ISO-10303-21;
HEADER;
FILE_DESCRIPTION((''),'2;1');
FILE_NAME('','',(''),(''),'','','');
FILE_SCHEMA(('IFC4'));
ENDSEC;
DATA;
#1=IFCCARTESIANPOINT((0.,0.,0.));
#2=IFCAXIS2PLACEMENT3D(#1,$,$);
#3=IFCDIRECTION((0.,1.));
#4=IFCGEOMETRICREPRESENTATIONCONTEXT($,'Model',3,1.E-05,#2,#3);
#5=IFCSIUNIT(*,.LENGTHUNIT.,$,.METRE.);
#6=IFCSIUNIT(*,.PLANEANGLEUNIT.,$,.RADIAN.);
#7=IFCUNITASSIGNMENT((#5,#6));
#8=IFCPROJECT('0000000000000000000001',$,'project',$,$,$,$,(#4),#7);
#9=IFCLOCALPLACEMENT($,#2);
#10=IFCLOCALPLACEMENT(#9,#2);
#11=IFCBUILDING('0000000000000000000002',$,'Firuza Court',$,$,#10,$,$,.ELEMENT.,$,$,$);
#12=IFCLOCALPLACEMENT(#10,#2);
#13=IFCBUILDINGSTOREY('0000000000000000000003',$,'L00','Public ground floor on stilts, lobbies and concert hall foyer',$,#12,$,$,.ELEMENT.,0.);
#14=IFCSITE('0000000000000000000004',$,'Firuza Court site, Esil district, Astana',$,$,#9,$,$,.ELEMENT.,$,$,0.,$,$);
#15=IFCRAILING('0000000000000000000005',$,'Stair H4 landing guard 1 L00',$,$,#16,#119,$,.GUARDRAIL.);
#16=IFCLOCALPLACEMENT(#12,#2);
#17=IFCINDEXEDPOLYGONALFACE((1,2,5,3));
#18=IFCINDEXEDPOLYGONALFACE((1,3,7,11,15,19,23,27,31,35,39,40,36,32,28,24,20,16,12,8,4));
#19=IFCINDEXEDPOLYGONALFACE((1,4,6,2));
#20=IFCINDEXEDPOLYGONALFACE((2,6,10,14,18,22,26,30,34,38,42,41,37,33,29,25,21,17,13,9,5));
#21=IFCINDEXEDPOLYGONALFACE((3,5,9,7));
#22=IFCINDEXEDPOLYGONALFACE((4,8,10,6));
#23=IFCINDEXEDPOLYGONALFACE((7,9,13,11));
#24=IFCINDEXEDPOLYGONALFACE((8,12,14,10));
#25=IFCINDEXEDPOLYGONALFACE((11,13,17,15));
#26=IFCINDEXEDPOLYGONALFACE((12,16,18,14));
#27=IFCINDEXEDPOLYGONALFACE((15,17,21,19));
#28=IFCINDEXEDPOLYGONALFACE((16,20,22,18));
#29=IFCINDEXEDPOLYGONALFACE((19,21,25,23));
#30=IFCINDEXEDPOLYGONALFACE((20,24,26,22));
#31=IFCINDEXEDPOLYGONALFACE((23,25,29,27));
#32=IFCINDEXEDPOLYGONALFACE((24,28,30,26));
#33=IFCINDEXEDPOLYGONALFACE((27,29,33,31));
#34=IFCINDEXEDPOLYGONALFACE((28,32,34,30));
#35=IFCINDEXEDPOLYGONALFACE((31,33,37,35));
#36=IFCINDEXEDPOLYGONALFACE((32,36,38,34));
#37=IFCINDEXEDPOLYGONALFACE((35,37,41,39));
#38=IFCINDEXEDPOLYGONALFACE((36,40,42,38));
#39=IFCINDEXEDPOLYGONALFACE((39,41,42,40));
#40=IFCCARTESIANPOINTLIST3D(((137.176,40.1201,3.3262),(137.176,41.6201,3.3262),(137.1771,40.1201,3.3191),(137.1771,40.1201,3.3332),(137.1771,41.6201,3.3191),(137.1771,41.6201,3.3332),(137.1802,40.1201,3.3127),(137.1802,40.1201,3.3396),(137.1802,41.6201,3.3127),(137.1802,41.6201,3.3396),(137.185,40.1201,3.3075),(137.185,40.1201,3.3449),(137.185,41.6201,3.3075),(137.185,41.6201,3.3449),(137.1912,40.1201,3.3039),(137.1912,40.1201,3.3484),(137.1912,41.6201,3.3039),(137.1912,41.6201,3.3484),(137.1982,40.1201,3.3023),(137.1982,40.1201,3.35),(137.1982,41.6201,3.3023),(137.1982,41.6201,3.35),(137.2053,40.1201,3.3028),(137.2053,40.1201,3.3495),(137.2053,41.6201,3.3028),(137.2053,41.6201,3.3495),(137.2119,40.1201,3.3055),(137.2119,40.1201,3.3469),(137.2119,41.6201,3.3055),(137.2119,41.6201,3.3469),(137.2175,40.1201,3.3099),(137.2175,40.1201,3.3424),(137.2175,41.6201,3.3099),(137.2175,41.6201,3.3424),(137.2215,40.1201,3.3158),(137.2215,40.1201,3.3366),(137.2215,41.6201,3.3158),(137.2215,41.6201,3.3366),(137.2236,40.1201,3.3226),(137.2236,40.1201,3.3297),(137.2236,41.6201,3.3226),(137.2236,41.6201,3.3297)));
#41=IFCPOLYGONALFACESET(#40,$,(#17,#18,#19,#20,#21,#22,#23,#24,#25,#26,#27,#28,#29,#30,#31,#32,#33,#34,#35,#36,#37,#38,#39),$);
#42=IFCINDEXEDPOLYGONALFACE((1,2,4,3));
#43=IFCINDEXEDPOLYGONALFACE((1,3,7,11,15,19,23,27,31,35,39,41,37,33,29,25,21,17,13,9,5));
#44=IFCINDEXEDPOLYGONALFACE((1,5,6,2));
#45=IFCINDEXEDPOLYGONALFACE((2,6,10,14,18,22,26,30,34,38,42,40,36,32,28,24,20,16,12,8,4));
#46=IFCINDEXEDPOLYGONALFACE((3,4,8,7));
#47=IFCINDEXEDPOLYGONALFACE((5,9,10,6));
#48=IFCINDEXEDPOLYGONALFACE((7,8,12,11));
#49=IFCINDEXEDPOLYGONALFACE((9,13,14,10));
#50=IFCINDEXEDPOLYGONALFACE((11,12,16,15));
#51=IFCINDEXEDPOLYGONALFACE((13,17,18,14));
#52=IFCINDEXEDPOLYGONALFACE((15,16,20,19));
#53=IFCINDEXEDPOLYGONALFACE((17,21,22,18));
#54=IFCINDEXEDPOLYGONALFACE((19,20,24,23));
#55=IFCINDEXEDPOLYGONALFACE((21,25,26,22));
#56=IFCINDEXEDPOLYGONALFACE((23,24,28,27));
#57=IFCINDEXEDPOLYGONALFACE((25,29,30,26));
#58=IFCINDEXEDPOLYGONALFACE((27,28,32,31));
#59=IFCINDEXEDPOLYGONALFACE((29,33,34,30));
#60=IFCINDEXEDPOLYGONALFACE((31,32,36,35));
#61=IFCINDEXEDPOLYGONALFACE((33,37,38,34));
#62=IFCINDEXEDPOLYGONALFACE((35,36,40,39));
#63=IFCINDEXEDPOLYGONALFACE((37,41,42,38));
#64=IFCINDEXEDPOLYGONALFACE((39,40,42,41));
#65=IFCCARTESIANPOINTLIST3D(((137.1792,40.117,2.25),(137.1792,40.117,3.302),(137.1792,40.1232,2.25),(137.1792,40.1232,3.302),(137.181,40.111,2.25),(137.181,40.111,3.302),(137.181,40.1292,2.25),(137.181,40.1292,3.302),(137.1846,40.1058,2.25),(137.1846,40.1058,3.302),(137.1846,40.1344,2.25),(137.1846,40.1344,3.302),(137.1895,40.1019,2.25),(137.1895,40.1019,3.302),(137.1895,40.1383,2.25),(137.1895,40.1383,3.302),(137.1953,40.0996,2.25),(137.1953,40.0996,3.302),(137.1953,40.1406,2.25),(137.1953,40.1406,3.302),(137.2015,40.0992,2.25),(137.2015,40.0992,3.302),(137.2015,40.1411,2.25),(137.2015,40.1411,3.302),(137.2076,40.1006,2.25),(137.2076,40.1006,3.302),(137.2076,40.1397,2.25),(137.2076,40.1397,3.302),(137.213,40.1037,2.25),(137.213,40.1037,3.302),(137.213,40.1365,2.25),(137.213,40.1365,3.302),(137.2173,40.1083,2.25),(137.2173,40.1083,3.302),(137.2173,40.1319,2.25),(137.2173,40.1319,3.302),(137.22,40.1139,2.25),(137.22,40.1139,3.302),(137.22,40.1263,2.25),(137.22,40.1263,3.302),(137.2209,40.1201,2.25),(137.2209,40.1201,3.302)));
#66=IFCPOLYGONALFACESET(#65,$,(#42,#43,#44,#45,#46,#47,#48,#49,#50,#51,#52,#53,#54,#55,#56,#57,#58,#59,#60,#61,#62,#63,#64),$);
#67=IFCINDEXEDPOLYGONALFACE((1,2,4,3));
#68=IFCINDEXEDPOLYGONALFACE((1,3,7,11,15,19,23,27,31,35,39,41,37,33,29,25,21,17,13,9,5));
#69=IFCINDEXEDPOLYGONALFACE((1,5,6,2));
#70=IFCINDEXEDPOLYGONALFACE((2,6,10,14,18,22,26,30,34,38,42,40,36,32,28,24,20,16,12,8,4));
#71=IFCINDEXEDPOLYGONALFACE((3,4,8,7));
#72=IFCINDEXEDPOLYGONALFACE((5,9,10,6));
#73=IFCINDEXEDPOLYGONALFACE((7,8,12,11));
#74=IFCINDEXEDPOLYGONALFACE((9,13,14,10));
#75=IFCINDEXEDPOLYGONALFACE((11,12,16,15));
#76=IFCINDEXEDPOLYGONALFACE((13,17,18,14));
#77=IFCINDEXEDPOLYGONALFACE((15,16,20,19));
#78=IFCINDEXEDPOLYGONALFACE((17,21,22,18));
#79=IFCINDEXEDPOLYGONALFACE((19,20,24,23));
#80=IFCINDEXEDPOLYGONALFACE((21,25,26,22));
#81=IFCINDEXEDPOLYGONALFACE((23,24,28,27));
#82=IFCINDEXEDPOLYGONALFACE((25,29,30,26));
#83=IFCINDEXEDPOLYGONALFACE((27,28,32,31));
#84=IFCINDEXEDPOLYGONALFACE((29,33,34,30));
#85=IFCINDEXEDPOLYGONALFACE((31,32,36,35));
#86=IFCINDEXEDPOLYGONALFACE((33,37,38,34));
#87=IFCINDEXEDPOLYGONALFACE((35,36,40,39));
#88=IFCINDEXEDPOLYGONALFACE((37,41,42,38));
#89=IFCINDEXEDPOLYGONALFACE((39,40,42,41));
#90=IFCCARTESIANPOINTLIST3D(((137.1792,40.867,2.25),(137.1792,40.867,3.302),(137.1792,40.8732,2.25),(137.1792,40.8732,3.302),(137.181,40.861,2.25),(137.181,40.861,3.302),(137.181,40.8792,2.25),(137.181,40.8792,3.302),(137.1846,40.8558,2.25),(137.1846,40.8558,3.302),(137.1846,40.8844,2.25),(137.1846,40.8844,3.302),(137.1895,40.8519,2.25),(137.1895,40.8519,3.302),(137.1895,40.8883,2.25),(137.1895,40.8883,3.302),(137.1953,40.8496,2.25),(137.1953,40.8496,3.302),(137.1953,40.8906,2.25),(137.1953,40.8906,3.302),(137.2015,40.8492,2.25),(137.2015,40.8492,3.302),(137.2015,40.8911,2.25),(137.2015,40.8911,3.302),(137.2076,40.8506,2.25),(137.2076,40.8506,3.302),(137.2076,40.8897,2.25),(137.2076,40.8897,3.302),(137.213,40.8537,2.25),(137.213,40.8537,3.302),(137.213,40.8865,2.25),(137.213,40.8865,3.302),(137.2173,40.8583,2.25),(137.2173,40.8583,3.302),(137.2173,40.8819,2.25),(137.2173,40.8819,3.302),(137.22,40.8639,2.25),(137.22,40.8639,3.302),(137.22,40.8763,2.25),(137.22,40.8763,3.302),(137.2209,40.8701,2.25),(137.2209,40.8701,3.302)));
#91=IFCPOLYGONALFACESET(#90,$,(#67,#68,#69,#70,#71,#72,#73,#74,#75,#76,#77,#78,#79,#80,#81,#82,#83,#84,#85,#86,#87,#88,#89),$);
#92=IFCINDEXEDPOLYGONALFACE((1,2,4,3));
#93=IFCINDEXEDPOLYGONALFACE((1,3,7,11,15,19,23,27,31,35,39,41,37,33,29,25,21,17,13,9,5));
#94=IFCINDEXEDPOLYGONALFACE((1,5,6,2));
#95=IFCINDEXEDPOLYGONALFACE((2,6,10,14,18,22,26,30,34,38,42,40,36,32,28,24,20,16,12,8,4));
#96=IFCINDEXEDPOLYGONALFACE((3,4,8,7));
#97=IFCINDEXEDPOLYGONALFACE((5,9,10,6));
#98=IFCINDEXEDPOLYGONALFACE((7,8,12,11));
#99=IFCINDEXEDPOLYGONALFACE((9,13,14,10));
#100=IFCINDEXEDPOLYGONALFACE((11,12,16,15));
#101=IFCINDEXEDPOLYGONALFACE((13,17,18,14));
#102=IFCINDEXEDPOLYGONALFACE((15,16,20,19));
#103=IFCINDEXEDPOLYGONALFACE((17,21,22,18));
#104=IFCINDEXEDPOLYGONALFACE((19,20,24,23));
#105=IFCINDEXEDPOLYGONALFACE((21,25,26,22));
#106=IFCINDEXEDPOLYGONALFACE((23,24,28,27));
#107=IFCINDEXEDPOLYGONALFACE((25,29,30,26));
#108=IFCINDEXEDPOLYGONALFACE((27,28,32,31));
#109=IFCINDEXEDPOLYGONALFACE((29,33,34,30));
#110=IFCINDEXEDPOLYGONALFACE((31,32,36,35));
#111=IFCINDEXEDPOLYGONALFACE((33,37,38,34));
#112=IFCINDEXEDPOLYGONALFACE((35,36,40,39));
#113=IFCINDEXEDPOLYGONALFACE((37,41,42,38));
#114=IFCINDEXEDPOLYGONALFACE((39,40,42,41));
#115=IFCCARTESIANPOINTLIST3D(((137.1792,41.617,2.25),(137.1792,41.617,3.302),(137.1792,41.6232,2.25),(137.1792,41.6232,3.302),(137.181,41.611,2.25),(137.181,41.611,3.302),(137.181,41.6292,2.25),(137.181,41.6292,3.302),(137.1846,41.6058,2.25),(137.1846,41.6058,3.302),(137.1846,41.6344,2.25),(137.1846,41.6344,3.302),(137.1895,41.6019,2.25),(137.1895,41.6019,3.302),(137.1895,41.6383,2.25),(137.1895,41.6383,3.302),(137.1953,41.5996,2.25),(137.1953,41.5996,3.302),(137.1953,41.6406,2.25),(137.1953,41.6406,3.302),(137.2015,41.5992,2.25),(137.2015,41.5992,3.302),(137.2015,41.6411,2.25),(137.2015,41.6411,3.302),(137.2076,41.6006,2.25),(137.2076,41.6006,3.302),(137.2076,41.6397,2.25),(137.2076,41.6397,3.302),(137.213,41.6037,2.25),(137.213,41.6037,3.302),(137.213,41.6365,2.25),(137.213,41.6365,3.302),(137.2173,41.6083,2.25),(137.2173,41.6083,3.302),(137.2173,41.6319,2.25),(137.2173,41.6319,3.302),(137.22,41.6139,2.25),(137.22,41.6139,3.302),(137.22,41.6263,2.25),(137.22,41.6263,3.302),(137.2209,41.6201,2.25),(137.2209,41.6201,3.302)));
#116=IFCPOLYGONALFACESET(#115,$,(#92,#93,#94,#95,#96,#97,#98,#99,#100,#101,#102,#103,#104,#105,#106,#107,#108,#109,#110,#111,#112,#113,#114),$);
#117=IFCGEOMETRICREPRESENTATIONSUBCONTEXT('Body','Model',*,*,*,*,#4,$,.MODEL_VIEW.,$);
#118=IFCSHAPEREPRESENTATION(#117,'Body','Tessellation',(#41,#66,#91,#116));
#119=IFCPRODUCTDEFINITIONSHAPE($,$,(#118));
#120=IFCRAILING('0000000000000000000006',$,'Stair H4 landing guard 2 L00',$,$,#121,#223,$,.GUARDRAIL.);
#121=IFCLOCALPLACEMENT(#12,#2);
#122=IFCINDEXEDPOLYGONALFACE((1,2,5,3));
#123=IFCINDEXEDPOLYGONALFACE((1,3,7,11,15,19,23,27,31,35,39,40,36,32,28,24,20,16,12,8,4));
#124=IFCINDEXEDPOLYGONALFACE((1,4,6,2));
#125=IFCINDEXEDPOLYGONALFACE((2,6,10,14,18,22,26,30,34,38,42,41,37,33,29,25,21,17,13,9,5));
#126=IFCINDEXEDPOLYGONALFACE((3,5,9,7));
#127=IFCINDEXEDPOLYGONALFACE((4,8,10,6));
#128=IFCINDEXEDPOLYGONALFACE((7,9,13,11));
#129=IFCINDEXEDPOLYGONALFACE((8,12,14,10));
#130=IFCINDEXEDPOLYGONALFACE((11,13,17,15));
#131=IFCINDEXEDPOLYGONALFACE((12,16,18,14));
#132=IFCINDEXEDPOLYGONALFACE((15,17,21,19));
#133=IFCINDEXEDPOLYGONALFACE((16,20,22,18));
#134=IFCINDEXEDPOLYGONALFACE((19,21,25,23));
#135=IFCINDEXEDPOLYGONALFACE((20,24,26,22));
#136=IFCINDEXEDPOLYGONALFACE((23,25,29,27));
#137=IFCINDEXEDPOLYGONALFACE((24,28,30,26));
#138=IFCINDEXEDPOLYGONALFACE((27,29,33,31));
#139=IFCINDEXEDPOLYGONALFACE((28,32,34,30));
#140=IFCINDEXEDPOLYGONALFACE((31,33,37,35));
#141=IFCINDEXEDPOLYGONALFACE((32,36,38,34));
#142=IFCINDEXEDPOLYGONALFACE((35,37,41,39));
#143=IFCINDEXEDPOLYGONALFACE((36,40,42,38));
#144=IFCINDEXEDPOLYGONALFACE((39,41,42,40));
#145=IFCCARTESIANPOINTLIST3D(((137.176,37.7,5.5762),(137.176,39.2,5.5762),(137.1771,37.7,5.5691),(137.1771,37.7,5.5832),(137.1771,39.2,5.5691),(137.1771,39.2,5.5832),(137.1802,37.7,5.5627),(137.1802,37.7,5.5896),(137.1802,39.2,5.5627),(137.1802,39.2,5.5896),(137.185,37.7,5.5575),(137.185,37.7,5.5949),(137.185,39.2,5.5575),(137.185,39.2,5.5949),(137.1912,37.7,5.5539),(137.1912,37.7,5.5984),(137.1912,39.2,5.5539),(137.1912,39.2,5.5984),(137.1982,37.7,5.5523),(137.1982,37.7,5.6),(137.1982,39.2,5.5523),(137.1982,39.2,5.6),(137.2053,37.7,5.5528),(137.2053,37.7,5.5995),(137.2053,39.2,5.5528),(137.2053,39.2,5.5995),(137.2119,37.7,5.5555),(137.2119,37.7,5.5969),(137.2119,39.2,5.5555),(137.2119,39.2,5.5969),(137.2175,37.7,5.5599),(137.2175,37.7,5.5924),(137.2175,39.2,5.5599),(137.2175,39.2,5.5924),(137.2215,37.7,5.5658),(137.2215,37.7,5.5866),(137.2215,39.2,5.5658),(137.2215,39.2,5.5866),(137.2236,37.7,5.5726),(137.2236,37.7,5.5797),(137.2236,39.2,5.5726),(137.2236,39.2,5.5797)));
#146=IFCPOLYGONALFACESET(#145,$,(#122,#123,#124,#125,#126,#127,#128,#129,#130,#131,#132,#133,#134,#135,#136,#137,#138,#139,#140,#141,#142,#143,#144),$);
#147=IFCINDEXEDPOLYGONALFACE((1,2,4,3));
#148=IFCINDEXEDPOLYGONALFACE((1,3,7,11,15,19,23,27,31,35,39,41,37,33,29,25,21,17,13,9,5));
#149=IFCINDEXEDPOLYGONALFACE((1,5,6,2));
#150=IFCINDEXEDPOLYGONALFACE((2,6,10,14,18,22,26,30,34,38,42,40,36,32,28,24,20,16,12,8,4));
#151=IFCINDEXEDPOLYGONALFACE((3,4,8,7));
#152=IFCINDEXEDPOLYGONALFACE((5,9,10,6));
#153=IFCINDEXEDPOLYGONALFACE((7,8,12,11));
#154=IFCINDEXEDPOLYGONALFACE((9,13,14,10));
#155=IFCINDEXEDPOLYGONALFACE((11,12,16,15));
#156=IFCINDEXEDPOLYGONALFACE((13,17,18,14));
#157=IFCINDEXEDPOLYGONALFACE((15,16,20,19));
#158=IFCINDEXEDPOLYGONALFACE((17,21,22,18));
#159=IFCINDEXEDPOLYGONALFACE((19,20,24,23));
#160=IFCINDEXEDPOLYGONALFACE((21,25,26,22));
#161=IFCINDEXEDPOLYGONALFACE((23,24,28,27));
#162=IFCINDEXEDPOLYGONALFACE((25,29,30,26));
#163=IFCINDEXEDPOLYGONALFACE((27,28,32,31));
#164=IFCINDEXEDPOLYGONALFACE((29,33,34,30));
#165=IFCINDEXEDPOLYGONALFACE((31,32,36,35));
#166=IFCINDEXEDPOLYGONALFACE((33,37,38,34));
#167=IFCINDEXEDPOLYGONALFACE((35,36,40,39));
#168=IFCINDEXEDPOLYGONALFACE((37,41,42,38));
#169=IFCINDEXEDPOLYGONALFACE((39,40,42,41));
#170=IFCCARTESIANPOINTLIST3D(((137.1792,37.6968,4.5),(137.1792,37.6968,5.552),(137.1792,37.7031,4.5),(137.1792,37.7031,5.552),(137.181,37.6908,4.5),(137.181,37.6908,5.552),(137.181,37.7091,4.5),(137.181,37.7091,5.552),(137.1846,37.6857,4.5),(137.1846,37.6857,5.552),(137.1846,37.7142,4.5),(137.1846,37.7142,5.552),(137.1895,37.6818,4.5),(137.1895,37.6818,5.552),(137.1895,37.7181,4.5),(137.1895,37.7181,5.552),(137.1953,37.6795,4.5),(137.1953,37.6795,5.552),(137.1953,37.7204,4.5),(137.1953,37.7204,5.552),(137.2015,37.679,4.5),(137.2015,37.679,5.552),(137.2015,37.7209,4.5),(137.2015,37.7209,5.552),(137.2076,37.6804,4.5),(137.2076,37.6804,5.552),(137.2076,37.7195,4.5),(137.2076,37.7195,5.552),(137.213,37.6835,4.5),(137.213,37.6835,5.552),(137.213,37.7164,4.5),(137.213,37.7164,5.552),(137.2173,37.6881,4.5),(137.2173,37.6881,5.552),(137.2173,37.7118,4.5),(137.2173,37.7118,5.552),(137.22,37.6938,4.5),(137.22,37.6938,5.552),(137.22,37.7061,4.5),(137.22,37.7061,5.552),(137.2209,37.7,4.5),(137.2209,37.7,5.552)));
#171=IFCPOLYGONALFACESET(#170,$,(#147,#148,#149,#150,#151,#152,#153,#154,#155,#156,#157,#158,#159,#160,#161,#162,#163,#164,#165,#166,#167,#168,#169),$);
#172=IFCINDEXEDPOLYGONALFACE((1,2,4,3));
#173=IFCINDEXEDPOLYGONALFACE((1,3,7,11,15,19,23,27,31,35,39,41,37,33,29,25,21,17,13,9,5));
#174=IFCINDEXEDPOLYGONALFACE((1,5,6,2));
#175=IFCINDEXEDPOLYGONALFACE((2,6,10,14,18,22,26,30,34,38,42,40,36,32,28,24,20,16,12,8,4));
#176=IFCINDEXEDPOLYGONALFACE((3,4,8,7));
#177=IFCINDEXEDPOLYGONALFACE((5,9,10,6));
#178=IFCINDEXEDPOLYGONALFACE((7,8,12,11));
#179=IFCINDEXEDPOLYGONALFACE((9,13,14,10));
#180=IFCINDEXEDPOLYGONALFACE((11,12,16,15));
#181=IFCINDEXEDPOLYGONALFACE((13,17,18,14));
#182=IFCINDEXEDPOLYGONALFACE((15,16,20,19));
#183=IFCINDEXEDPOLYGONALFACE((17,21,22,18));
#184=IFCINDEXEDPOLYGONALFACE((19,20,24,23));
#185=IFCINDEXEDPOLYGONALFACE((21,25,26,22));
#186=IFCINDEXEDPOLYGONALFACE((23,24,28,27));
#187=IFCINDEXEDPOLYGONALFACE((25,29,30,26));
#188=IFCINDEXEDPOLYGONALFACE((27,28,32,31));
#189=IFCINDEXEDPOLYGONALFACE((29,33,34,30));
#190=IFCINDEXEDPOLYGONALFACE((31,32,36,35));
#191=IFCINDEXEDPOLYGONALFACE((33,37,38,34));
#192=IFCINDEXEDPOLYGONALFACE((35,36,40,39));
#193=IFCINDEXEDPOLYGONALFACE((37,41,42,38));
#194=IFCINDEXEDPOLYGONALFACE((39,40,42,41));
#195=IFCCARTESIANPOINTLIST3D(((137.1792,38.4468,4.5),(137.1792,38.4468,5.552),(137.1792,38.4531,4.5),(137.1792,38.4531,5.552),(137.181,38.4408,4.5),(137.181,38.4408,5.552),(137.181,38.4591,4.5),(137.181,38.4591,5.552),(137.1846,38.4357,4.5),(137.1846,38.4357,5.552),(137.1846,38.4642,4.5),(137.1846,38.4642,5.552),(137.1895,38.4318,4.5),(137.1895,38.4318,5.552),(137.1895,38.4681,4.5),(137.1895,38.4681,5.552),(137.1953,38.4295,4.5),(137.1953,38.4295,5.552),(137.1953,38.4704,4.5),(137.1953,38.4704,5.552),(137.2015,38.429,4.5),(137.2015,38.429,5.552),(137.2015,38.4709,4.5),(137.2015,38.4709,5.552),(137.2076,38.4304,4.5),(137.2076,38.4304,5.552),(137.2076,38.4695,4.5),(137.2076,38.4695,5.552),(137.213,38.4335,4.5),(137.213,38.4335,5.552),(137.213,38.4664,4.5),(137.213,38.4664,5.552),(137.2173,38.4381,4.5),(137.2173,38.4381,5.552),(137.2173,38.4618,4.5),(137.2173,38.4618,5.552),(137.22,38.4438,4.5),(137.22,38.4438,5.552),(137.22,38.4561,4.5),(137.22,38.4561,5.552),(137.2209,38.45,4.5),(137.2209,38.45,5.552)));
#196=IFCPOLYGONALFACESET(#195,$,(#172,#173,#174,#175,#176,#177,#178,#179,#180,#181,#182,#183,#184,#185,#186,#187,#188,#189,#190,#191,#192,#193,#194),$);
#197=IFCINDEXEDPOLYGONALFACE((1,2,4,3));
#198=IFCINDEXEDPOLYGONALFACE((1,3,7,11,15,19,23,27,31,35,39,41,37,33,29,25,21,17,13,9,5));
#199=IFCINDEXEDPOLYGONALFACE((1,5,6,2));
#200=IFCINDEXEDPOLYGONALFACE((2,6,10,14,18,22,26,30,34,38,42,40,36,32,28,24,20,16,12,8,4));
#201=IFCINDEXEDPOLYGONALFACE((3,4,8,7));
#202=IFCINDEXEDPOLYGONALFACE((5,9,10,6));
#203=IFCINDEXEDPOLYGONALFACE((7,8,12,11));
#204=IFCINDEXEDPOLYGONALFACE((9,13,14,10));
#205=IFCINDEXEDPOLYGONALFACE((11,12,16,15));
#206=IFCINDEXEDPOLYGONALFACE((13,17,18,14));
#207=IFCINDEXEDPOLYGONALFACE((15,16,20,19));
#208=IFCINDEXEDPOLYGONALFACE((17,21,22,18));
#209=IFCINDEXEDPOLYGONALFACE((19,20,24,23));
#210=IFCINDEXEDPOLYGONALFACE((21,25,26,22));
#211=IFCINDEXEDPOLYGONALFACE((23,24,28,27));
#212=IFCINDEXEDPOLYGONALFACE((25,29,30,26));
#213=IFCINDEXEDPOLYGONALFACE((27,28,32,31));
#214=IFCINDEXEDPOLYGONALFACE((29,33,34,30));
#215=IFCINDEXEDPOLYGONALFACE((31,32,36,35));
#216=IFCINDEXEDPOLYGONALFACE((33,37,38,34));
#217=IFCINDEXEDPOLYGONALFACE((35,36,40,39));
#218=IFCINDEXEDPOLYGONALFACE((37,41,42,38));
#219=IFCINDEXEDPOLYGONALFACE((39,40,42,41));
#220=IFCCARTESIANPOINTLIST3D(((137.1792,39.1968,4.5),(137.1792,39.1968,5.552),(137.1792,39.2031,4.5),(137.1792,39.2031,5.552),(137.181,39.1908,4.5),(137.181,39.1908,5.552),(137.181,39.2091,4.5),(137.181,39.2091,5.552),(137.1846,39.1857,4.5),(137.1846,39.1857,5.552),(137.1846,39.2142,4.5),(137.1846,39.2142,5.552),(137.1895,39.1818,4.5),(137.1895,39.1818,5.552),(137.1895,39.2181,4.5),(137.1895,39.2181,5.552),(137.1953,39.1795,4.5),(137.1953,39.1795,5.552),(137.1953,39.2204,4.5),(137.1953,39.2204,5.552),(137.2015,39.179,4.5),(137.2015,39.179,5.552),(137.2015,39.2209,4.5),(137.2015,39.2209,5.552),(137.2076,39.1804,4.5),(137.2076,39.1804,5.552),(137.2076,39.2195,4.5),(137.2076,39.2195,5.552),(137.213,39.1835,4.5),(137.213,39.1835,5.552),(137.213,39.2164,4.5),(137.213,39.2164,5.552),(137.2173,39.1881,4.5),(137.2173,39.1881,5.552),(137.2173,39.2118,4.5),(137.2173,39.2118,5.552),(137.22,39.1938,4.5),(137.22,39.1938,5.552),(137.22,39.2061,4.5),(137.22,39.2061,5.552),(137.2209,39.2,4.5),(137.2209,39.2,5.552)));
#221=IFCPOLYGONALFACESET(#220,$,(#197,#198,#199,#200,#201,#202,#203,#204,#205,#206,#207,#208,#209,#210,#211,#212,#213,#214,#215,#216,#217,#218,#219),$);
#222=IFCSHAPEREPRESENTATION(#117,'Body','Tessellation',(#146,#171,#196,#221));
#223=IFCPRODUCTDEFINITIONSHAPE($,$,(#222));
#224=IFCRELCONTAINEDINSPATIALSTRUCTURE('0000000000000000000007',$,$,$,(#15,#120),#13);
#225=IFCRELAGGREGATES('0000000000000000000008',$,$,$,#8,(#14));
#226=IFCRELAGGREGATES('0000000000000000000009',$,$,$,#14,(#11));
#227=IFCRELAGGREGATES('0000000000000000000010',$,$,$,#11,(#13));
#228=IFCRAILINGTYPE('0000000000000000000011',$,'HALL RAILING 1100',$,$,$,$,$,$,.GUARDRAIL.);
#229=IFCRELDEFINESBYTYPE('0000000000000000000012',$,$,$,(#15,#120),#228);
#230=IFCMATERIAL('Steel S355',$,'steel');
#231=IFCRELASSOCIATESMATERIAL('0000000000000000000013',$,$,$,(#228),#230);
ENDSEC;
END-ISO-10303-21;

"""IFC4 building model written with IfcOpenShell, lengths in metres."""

from ifc_helpers import new_model, si_unit, direction, frame, origin, origin_2d, place, context, subcontext, project, spatial, circle, extrude, material, type_object, element, save


model = new_model("IFC4")

# Units and contexts
model_context = context("Model", 3, precision=1e-05, world=origin(), true_north=direction((0.0, 1.0)))
body_context = subcontext(model_context, "Body", "Model", "MODEL_VIEW")
ifc_project = project(units=[si_unit("LENGTHUNIT", "METRE"), si_unit("PLANEANGLEUNIT", "RADIAN")], contexts=[model_context])

# Site, building, storey
site_placement = place(None, origin())
site = spatial("IfcSite", under=ifc_project, at=site_placement, Name="Firuza Court site, Esil district, Astana", CompositionType="ELEMENT", RefElevation=0.0)
building_placement = place(site_placement, origin())
building = spatial("IfcBuilding", under=site, at=building_placement, Name="Firuza Court", CompositionType="ELEMENT")
storey_placement = place(building_placement, origin())
storey = spatial("IfcBuildingStorey", under=building, at=storey_placement, Name="L00", Description="Public ground floor on stilts, lobbies and concert hall foyer", CompositionType="ELEMENT", Elevation=0.0)

# Railings
ifc_material_1 = material(Name="Steel S355", Category="steel")
railing_type_1 = type_object("IfcRailingType", Name="HALL RAILING 1100", PredefinedType="GUARDRAIL", material=ifc_material_1)
for number, where, name in (
    (1, (137.2, 40.1201, 2.25), "Stair H4 landing guard 1 L00"),
    (2, (137.2, 37.7, 4.5), "Stair H4 landing guard 2 L00"),
):
    element("IfcRailing", number, at=place(storey_placement, frame(where)), inside=storey, type_object=railing_type_1, Name=name, PredefinedType="GUARDRAIL", context=body_context, shape_type="SweptSolid", body=[
        extrude(circle(Radius=0.0239, at=origin_2d()), frame((0.0, 0.0, 1.0762), z_axis=(0.0, 1.0, 0.0), x_axis=(-1.0, 0.0, 0.0)), (0.0, 0.0, 1.0), 1.5),
        extrude(circle(Radius=0.021, at=origin_2d()), origin(), (0.0, 0.0, 1.0), 1.052),
        extrude(circle(Radius=0.021, at=origin_2d()), frame((0.0, 0.75, 0.0)), (0.0, 0.0, 1.0), 1.052),
        extrude(circle(Radius=0.021, at=origin_2d()), frame((0.0, 1.5, 0.0)), (0.0, 0.0, 1.0), 1.052),
    ])

save(model, "model.ifc")
